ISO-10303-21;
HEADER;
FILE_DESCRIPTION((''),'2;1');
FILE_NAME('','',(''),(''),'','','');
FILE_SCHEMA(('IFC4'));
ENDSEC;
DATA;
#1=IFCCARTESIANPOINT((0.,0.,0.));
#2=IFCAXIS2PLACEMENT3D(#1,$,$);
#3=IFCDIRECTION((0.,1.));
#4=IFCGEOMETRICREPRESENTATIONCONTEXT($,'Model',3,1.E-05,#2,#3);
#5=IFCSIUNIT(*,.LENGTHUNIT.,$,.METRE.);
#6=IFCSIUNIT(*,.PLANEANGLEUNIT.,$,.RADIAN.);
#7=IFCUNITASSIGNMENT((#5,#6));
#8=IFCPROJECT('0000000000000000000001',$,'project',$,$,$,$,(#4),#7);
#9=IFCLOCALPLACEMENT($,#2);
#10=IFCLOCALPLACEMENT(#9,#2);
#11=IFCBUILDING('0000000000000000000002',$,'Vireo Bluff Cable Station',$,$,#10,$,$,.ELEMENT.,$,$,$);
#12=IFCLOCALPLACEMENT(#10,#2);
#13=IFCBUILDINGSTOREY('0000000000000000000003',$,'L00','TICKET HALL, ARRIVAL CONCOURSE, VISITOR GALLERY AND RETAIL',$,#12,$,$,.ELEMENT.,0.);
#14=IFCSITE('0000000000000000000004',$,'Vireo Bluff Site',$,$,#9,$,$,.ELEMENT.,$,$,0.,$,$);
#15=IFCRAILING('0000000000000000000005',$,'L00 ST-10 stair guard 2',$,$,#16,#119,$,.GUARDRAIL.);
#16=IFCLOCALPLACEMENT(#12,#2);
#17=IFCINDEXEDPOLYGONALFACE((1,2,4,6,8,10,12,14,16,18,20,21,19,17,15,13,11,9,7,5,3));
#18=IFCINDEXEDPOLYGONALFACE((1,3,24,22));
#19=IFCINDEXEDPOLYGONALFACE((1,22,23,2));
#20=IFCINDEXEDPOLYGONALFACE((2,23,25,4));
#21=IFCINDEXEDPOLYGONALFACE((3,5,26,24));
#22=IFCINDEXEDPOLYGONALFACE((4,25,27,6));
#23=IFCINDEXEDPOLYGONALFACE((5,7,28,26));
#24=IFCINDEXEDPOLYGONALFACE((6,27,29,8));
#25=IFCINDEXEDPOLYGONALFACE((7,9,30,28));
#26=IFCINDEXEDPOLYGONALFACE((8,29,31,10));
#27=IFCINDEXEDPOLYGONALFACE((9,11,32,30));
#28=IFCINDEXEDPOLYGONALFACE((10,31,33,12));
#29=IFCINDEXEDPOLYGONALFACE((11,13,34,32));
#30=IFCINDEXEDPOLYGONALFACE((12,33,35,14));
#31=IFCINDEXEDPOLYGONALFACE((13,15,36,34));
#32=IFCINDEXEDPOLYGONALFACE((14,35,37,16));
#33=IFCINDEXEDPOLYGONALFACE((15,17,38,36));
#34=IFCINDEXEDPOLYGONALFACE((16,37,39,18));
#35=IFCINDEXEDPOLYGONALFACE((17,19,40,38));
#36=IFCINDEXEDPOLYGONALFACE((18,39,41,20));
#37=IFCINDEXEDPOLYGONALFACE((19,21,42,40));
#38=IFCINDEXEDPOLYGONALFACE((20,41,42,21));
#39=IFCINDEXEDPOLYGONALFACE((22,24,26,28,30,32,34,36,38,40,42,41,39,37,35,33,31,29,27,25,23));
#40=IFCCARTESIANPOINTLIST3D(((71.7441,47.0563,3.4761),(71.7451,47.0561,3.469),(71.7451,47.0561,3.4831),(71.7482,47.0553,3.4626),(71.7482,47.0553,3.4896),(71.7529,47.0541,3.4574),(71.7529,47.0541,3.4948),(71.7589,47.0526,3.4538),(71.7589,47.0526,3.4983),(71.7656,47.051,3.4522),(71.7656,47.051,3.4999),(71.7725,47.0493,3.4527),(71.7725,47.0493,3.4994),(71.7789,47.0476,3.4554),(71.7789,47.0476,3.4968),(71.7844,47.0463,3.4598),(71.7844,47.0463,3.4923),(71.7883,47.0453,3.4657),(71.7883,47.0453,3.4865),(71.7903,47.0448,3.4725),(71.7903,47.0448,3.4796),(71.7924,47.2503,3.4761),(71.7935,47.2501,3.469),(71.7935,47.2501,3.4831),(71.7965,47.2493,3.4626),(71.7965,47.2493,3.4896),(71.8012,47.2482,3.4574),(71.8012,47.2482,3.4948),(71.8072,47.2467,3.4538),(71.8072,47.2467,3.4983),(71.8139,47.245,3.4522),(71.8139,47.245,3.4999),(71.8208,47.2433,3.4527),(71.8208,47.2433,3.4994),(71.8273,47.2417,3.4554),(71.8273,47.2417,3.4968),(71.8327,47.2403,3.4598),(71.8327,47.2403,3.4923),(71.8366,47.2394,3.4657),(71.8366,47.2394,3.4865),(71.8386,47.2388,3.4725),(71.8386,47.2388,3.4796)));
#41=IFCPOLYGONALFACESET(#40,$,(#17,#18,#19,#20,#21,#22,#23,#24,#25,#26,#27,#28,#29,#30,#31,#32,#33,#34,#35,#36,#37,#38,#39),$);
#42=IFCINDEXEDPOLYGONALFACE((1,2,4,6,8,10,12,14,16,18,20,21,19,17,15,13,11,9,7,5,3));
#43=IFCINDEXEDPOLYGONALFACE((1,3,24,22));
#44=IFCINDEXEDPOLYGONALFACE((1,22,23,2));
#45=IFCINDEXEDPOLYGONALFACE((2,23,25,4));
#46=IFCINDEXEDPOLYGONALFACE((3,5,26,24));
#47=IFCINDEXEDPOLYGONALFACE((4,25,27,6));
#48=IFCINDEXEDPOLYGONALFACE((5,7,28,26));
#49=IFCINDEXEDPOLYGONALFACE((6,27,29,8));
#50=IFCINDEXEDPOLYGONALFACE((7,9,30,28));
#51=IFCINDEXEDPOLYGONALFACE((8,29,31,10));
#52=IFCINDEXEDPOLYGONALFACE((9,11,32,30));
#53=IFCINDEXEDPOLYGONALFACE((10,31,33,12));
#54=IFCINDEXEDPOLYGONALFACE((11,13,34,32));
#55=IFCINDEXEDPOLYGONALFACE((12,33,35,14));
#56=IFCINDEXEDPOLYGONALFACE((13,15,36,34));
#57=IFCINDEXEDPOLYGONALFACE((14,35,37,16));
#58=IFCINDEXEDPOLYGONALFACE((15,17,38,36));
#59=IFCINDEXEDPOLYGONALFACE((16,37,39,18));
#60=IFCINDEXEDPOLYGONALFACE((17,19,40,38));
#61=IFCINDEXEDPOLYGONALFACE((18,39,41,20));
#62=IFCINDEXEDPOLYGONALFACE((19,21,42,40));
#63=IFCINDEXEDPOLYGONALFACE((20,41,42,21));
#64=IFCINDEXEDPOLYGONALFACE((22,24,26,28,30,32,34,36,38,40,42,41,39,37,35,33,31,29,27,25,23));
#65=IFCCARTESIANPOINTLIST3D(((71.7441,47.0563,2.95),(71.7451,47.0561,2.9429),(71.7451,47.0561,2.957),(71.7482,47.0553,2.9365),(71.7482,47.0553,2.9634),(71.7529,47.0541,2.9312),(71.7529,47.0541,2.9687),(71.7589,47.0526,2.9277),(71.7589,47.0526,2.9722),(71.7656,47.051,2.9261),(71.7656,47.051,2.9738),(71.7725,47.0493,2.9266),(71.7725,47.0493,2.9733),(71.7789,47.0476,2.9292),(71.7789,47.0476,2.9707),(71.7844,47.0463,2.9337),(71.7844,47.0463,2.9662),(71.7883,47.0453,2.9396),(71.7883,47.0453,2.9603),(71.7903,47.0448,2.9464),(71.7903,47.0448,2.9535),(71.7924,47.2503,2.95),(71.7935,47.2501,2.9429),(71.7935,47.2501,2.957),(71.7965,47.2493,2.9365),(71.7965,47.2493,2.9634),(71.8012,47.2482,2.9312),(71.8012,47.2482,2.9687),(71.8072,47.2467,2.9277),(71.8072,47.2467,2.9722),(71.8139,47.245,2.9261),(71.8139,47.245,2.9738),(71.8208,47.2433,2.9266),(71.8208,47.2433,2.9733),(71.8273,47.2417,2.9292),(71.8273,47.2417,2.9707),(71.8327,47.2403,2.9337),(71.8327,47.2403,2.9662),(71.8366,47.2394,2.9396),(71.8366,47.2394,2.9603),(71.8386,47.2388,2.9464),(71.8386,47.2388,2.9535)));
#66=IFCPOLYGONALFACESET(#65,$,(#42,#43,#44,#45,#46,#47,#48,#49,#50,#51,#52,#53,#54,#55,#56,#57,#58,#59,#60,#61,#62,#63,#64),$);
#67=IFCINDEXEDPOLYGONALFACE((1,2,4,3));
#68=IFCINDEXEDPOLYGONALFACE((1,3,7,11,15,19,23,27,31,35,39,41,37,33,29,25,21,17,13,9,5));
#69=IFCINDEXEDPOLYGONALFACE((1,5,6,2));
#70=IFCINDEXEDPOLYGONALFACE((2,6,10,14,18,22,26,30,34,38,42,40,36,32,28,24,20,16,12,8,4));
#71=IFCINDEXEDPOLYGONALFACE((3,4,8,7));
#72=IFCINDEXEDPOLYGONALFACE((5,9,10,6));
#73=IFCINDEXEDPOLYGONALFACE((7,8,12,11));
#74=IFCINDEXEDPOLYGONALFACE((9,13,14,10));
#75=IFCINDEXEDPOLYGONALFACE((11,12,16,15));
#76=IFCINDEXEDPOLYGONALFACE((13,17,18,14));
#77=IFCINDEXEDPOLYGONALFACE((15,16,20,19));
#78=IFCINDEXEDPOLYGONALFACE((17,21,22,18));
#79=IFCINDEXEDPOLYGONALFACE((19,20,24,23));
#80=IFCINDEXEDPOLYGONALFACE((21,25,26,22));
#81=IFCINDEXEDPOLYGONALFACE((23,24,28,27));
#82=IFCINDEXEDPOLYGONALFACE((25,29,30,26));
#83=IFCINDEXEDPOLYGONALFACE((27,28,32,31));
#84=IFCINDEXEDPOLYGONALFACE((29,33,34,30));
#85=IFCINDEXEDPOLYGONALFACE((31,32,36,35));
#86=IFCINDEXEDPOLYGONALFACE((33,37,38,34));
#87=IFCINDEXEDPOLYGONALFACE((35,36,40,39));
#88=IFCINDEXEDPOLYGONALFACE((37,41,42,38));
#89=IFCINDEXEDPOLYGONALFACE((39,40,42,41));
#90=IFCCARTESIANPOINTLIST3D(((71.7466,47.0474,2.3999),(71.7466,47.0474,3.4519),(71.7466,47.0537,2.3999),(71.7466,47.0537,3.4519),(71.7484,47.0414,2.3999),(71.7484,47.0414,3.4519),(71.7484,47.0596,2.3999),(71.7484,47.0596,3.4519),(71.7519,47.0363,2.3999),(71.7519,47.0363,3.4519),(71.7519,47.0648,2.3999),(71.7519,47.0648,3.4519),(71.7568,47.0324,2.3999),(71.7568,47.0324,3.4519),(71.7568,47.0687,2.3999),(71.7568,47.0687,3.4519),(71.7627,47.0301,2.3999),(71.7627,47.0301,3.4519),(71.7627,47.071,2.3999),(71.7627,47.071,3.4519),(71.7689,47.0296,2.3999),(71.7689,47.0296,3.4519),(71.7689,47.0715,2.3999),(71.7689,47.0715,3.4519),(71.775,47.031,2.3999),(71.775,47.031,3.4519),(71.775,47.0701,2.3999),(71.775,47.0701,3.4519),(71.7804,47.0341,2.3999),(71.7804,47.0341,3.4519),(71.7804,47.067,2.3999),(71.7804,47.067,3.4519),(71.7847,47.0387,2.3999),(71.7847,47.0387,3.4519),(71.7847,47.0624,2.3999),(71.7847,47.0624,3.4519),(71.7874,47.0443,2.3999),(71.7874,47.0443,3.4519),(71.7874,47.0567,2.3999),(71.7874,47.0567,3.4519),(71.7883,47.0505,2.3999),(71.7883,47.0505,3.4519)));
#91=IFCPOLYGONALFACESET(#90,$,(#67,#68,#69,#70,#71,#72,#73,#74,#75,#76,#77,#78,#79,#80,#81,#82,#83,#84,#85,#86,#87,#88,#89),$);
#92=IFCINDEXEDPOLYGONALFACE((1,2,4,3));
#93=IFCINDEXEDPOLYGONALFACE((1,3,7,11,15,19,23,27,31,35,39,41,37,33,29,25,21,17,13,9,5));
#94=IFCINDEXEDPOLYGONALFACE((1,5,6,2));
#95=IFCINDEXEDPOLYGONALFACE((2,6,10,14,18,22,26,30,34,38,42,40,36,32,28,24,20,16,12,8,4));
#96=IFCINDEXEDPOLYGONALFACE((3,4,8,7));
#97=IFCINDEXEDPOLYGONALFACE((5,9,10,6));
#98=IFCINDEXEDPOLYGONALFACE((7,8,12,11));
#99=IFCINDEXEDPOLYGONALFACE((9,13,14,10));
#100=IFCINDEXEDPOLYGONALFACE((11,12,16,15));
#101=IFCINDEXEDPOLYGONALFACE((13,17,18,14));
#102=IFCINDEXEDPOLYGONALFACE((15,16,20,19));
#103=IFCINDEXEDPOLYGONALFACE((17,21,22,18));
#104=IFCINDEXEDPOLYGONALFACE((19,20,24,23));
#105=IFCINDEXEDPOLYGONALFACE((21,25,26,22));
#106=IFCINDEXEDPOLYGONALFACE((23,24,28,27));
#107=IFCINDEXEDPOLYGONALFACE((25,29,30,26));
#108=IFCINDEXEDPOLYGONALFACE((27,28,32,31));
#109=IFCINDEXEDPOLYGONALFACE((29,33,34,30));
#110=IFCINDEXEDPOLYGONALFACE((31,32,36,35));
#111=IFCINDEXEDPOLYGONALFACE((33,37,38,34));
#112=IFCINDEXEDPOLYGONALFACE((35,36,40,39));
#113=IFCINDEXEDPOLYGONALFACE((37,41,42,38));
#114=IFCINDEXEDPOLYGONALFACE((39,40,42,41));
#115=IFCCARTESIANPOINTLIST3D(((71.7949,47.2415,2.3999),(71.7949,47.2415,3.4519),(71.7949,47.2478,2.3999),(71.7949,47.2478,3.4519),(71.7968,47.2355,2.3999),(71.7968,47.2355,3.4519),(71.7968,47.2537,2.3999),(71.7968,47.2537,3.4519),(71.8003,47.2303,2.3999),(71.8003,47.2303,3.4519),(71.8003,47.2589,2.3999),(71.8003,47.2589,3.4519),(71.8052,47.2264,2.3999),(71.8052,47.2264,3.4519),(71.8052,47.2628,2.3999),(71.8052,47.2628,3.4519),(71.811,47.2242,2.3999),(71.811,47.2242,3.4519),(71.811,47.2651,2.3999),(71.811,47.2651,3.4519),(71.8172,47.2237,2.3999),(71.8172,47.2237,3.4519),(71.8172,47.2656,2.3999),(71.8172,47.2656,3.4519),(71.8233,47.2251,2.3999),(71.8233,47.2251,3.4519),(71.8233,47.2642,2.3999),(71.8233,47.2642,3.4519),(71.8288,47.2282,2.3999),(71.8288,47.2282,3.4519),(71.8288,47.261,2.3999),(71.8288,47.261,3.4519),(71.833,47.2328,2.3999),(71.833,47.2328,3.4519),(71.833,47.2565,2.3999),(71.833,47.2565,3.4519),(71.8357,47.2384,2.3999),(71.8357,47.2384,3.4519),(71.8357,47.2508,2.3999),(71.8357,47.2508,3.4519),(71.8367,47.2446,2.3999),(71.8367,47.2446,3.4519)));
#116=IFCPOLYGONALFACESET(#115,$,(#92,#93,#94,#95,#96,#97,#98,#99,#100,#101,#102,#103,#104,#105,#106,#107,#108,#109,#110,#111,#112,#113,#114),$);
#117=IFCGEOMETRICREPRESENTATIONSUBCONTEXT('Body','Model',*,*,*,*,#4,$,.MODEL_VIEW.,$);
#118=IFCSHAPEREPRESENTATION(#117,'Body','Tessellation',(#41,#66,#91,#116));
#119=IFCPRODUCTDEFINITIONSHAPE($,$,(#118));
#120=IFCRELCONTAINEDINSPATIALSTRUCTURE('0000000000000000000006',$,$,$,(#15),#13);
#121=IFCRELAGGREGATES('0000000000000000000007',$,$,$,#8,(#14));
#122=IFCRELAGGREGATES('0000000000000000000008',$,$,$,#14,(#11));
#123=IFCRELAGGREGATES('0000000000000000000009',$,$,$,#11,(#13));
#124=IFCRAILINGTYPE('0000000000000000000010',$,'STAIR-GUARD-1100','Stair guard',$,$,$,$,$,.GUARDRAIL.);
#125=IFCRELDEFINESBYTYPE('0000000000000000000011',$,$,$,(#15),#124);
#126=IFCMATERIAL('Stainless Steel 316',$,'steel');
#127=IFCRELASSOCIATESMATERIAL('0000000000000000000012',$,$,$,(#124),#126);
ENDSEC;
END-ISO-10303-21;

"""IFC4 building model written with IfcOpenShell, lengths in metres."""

from ifc_helpers import new_model, si_unit, direction, frame, origin, origin_2d, place, context, subcontext, project, spatial, circle, extrude, material, type_object, element, save


model = new_model("IFC4")

# Units and contexts
model_context = context("Model", 3, precision=1e-05, world=origin(), true_north=direction((0.0, 1.0)))
body_context = subcontext(model_context, "Body", "Model", "MODEL_VIEW")
ifc_project = project(units=[si_unit("LENGTHUNIT", "METRE"), si_unit("PLANEANGLEUNIT", "RADIAN")], contexts=[model_context])

# Site, building, storey
site_placement = place(None, origin())
site = spatial("IfcSite", under=ifc_project, at=site_placement, Name="Vireo Bluff Site", CompositionType="ELEMENT", RefElevation=0.0)
building_placement = place(site_placement, origin())
building = spatial("IfcBuilding", under=site, at=building_placement, Name="Vireo Bluff Cable Station", CompositionType="ELEMENT")
storey_placement = place(building_placement, origin())
storey = spatial("IfcBuildingStorey", under=building, at=storey_placement, Name="L00", Description="TICKET HALL, ARRIVAL CONCOURSE, VISITOR GALLERY AND RETAIL", CompositionType="ELEMENT", Elevation=0.0)

# Railing
ifc_material_1 = material(Name="Stainless Steel 316", Category="steel")
railing_type_1 = type_object("IfcRailingType", Name="STAIR-GUARD-1100", Description="Stair guard", PredefinedType="GUARDRAIL", material=ifc_material_1)
railing_1_placement = place(storey_placement, frame((71.7673, 47.0505, 2.3999)))
element("IfcRailing", 1, at=railing_1_placement, inside=storey, type_object=railing_type_1, Name="L00 ST-10 stair guard 2", PredefinedType="GUARDRAIL", context=body_context, shape_type="SweptSolid", body=[
    extrude(circle(Radius=0.0239, at=origin_2d()), frame((0.0, 0.0, 1.0762), z_axis=(0.241674, 0.970358, 0.0), x_axis=(-0.970358, 0.241674, 0.0)), (0.0, 0.0, 1.0), 0.2),
    extrude(circle(Radius=0.0239, at=origin_2d()), frame((0.0, 0.0, 0.55), z_axis=(0.241674, 0.970358, 0.0), x_axis=(-0.970358, 0.241674, 0.0)), (0.0, 0.0, 1.0), 0.2),
    extrude(circle(Radius=0.021, at=origin_2d()), origin(), (0.0, 0.0, 1.0), 1.052),
    extrude(circle(Radius=0.021, at=origin_2d()), frame((0.0483, 0.1941, 0.0)), (0.0, 0.0, 1.0), 1.052),
])

save(model, "model.ifc")
